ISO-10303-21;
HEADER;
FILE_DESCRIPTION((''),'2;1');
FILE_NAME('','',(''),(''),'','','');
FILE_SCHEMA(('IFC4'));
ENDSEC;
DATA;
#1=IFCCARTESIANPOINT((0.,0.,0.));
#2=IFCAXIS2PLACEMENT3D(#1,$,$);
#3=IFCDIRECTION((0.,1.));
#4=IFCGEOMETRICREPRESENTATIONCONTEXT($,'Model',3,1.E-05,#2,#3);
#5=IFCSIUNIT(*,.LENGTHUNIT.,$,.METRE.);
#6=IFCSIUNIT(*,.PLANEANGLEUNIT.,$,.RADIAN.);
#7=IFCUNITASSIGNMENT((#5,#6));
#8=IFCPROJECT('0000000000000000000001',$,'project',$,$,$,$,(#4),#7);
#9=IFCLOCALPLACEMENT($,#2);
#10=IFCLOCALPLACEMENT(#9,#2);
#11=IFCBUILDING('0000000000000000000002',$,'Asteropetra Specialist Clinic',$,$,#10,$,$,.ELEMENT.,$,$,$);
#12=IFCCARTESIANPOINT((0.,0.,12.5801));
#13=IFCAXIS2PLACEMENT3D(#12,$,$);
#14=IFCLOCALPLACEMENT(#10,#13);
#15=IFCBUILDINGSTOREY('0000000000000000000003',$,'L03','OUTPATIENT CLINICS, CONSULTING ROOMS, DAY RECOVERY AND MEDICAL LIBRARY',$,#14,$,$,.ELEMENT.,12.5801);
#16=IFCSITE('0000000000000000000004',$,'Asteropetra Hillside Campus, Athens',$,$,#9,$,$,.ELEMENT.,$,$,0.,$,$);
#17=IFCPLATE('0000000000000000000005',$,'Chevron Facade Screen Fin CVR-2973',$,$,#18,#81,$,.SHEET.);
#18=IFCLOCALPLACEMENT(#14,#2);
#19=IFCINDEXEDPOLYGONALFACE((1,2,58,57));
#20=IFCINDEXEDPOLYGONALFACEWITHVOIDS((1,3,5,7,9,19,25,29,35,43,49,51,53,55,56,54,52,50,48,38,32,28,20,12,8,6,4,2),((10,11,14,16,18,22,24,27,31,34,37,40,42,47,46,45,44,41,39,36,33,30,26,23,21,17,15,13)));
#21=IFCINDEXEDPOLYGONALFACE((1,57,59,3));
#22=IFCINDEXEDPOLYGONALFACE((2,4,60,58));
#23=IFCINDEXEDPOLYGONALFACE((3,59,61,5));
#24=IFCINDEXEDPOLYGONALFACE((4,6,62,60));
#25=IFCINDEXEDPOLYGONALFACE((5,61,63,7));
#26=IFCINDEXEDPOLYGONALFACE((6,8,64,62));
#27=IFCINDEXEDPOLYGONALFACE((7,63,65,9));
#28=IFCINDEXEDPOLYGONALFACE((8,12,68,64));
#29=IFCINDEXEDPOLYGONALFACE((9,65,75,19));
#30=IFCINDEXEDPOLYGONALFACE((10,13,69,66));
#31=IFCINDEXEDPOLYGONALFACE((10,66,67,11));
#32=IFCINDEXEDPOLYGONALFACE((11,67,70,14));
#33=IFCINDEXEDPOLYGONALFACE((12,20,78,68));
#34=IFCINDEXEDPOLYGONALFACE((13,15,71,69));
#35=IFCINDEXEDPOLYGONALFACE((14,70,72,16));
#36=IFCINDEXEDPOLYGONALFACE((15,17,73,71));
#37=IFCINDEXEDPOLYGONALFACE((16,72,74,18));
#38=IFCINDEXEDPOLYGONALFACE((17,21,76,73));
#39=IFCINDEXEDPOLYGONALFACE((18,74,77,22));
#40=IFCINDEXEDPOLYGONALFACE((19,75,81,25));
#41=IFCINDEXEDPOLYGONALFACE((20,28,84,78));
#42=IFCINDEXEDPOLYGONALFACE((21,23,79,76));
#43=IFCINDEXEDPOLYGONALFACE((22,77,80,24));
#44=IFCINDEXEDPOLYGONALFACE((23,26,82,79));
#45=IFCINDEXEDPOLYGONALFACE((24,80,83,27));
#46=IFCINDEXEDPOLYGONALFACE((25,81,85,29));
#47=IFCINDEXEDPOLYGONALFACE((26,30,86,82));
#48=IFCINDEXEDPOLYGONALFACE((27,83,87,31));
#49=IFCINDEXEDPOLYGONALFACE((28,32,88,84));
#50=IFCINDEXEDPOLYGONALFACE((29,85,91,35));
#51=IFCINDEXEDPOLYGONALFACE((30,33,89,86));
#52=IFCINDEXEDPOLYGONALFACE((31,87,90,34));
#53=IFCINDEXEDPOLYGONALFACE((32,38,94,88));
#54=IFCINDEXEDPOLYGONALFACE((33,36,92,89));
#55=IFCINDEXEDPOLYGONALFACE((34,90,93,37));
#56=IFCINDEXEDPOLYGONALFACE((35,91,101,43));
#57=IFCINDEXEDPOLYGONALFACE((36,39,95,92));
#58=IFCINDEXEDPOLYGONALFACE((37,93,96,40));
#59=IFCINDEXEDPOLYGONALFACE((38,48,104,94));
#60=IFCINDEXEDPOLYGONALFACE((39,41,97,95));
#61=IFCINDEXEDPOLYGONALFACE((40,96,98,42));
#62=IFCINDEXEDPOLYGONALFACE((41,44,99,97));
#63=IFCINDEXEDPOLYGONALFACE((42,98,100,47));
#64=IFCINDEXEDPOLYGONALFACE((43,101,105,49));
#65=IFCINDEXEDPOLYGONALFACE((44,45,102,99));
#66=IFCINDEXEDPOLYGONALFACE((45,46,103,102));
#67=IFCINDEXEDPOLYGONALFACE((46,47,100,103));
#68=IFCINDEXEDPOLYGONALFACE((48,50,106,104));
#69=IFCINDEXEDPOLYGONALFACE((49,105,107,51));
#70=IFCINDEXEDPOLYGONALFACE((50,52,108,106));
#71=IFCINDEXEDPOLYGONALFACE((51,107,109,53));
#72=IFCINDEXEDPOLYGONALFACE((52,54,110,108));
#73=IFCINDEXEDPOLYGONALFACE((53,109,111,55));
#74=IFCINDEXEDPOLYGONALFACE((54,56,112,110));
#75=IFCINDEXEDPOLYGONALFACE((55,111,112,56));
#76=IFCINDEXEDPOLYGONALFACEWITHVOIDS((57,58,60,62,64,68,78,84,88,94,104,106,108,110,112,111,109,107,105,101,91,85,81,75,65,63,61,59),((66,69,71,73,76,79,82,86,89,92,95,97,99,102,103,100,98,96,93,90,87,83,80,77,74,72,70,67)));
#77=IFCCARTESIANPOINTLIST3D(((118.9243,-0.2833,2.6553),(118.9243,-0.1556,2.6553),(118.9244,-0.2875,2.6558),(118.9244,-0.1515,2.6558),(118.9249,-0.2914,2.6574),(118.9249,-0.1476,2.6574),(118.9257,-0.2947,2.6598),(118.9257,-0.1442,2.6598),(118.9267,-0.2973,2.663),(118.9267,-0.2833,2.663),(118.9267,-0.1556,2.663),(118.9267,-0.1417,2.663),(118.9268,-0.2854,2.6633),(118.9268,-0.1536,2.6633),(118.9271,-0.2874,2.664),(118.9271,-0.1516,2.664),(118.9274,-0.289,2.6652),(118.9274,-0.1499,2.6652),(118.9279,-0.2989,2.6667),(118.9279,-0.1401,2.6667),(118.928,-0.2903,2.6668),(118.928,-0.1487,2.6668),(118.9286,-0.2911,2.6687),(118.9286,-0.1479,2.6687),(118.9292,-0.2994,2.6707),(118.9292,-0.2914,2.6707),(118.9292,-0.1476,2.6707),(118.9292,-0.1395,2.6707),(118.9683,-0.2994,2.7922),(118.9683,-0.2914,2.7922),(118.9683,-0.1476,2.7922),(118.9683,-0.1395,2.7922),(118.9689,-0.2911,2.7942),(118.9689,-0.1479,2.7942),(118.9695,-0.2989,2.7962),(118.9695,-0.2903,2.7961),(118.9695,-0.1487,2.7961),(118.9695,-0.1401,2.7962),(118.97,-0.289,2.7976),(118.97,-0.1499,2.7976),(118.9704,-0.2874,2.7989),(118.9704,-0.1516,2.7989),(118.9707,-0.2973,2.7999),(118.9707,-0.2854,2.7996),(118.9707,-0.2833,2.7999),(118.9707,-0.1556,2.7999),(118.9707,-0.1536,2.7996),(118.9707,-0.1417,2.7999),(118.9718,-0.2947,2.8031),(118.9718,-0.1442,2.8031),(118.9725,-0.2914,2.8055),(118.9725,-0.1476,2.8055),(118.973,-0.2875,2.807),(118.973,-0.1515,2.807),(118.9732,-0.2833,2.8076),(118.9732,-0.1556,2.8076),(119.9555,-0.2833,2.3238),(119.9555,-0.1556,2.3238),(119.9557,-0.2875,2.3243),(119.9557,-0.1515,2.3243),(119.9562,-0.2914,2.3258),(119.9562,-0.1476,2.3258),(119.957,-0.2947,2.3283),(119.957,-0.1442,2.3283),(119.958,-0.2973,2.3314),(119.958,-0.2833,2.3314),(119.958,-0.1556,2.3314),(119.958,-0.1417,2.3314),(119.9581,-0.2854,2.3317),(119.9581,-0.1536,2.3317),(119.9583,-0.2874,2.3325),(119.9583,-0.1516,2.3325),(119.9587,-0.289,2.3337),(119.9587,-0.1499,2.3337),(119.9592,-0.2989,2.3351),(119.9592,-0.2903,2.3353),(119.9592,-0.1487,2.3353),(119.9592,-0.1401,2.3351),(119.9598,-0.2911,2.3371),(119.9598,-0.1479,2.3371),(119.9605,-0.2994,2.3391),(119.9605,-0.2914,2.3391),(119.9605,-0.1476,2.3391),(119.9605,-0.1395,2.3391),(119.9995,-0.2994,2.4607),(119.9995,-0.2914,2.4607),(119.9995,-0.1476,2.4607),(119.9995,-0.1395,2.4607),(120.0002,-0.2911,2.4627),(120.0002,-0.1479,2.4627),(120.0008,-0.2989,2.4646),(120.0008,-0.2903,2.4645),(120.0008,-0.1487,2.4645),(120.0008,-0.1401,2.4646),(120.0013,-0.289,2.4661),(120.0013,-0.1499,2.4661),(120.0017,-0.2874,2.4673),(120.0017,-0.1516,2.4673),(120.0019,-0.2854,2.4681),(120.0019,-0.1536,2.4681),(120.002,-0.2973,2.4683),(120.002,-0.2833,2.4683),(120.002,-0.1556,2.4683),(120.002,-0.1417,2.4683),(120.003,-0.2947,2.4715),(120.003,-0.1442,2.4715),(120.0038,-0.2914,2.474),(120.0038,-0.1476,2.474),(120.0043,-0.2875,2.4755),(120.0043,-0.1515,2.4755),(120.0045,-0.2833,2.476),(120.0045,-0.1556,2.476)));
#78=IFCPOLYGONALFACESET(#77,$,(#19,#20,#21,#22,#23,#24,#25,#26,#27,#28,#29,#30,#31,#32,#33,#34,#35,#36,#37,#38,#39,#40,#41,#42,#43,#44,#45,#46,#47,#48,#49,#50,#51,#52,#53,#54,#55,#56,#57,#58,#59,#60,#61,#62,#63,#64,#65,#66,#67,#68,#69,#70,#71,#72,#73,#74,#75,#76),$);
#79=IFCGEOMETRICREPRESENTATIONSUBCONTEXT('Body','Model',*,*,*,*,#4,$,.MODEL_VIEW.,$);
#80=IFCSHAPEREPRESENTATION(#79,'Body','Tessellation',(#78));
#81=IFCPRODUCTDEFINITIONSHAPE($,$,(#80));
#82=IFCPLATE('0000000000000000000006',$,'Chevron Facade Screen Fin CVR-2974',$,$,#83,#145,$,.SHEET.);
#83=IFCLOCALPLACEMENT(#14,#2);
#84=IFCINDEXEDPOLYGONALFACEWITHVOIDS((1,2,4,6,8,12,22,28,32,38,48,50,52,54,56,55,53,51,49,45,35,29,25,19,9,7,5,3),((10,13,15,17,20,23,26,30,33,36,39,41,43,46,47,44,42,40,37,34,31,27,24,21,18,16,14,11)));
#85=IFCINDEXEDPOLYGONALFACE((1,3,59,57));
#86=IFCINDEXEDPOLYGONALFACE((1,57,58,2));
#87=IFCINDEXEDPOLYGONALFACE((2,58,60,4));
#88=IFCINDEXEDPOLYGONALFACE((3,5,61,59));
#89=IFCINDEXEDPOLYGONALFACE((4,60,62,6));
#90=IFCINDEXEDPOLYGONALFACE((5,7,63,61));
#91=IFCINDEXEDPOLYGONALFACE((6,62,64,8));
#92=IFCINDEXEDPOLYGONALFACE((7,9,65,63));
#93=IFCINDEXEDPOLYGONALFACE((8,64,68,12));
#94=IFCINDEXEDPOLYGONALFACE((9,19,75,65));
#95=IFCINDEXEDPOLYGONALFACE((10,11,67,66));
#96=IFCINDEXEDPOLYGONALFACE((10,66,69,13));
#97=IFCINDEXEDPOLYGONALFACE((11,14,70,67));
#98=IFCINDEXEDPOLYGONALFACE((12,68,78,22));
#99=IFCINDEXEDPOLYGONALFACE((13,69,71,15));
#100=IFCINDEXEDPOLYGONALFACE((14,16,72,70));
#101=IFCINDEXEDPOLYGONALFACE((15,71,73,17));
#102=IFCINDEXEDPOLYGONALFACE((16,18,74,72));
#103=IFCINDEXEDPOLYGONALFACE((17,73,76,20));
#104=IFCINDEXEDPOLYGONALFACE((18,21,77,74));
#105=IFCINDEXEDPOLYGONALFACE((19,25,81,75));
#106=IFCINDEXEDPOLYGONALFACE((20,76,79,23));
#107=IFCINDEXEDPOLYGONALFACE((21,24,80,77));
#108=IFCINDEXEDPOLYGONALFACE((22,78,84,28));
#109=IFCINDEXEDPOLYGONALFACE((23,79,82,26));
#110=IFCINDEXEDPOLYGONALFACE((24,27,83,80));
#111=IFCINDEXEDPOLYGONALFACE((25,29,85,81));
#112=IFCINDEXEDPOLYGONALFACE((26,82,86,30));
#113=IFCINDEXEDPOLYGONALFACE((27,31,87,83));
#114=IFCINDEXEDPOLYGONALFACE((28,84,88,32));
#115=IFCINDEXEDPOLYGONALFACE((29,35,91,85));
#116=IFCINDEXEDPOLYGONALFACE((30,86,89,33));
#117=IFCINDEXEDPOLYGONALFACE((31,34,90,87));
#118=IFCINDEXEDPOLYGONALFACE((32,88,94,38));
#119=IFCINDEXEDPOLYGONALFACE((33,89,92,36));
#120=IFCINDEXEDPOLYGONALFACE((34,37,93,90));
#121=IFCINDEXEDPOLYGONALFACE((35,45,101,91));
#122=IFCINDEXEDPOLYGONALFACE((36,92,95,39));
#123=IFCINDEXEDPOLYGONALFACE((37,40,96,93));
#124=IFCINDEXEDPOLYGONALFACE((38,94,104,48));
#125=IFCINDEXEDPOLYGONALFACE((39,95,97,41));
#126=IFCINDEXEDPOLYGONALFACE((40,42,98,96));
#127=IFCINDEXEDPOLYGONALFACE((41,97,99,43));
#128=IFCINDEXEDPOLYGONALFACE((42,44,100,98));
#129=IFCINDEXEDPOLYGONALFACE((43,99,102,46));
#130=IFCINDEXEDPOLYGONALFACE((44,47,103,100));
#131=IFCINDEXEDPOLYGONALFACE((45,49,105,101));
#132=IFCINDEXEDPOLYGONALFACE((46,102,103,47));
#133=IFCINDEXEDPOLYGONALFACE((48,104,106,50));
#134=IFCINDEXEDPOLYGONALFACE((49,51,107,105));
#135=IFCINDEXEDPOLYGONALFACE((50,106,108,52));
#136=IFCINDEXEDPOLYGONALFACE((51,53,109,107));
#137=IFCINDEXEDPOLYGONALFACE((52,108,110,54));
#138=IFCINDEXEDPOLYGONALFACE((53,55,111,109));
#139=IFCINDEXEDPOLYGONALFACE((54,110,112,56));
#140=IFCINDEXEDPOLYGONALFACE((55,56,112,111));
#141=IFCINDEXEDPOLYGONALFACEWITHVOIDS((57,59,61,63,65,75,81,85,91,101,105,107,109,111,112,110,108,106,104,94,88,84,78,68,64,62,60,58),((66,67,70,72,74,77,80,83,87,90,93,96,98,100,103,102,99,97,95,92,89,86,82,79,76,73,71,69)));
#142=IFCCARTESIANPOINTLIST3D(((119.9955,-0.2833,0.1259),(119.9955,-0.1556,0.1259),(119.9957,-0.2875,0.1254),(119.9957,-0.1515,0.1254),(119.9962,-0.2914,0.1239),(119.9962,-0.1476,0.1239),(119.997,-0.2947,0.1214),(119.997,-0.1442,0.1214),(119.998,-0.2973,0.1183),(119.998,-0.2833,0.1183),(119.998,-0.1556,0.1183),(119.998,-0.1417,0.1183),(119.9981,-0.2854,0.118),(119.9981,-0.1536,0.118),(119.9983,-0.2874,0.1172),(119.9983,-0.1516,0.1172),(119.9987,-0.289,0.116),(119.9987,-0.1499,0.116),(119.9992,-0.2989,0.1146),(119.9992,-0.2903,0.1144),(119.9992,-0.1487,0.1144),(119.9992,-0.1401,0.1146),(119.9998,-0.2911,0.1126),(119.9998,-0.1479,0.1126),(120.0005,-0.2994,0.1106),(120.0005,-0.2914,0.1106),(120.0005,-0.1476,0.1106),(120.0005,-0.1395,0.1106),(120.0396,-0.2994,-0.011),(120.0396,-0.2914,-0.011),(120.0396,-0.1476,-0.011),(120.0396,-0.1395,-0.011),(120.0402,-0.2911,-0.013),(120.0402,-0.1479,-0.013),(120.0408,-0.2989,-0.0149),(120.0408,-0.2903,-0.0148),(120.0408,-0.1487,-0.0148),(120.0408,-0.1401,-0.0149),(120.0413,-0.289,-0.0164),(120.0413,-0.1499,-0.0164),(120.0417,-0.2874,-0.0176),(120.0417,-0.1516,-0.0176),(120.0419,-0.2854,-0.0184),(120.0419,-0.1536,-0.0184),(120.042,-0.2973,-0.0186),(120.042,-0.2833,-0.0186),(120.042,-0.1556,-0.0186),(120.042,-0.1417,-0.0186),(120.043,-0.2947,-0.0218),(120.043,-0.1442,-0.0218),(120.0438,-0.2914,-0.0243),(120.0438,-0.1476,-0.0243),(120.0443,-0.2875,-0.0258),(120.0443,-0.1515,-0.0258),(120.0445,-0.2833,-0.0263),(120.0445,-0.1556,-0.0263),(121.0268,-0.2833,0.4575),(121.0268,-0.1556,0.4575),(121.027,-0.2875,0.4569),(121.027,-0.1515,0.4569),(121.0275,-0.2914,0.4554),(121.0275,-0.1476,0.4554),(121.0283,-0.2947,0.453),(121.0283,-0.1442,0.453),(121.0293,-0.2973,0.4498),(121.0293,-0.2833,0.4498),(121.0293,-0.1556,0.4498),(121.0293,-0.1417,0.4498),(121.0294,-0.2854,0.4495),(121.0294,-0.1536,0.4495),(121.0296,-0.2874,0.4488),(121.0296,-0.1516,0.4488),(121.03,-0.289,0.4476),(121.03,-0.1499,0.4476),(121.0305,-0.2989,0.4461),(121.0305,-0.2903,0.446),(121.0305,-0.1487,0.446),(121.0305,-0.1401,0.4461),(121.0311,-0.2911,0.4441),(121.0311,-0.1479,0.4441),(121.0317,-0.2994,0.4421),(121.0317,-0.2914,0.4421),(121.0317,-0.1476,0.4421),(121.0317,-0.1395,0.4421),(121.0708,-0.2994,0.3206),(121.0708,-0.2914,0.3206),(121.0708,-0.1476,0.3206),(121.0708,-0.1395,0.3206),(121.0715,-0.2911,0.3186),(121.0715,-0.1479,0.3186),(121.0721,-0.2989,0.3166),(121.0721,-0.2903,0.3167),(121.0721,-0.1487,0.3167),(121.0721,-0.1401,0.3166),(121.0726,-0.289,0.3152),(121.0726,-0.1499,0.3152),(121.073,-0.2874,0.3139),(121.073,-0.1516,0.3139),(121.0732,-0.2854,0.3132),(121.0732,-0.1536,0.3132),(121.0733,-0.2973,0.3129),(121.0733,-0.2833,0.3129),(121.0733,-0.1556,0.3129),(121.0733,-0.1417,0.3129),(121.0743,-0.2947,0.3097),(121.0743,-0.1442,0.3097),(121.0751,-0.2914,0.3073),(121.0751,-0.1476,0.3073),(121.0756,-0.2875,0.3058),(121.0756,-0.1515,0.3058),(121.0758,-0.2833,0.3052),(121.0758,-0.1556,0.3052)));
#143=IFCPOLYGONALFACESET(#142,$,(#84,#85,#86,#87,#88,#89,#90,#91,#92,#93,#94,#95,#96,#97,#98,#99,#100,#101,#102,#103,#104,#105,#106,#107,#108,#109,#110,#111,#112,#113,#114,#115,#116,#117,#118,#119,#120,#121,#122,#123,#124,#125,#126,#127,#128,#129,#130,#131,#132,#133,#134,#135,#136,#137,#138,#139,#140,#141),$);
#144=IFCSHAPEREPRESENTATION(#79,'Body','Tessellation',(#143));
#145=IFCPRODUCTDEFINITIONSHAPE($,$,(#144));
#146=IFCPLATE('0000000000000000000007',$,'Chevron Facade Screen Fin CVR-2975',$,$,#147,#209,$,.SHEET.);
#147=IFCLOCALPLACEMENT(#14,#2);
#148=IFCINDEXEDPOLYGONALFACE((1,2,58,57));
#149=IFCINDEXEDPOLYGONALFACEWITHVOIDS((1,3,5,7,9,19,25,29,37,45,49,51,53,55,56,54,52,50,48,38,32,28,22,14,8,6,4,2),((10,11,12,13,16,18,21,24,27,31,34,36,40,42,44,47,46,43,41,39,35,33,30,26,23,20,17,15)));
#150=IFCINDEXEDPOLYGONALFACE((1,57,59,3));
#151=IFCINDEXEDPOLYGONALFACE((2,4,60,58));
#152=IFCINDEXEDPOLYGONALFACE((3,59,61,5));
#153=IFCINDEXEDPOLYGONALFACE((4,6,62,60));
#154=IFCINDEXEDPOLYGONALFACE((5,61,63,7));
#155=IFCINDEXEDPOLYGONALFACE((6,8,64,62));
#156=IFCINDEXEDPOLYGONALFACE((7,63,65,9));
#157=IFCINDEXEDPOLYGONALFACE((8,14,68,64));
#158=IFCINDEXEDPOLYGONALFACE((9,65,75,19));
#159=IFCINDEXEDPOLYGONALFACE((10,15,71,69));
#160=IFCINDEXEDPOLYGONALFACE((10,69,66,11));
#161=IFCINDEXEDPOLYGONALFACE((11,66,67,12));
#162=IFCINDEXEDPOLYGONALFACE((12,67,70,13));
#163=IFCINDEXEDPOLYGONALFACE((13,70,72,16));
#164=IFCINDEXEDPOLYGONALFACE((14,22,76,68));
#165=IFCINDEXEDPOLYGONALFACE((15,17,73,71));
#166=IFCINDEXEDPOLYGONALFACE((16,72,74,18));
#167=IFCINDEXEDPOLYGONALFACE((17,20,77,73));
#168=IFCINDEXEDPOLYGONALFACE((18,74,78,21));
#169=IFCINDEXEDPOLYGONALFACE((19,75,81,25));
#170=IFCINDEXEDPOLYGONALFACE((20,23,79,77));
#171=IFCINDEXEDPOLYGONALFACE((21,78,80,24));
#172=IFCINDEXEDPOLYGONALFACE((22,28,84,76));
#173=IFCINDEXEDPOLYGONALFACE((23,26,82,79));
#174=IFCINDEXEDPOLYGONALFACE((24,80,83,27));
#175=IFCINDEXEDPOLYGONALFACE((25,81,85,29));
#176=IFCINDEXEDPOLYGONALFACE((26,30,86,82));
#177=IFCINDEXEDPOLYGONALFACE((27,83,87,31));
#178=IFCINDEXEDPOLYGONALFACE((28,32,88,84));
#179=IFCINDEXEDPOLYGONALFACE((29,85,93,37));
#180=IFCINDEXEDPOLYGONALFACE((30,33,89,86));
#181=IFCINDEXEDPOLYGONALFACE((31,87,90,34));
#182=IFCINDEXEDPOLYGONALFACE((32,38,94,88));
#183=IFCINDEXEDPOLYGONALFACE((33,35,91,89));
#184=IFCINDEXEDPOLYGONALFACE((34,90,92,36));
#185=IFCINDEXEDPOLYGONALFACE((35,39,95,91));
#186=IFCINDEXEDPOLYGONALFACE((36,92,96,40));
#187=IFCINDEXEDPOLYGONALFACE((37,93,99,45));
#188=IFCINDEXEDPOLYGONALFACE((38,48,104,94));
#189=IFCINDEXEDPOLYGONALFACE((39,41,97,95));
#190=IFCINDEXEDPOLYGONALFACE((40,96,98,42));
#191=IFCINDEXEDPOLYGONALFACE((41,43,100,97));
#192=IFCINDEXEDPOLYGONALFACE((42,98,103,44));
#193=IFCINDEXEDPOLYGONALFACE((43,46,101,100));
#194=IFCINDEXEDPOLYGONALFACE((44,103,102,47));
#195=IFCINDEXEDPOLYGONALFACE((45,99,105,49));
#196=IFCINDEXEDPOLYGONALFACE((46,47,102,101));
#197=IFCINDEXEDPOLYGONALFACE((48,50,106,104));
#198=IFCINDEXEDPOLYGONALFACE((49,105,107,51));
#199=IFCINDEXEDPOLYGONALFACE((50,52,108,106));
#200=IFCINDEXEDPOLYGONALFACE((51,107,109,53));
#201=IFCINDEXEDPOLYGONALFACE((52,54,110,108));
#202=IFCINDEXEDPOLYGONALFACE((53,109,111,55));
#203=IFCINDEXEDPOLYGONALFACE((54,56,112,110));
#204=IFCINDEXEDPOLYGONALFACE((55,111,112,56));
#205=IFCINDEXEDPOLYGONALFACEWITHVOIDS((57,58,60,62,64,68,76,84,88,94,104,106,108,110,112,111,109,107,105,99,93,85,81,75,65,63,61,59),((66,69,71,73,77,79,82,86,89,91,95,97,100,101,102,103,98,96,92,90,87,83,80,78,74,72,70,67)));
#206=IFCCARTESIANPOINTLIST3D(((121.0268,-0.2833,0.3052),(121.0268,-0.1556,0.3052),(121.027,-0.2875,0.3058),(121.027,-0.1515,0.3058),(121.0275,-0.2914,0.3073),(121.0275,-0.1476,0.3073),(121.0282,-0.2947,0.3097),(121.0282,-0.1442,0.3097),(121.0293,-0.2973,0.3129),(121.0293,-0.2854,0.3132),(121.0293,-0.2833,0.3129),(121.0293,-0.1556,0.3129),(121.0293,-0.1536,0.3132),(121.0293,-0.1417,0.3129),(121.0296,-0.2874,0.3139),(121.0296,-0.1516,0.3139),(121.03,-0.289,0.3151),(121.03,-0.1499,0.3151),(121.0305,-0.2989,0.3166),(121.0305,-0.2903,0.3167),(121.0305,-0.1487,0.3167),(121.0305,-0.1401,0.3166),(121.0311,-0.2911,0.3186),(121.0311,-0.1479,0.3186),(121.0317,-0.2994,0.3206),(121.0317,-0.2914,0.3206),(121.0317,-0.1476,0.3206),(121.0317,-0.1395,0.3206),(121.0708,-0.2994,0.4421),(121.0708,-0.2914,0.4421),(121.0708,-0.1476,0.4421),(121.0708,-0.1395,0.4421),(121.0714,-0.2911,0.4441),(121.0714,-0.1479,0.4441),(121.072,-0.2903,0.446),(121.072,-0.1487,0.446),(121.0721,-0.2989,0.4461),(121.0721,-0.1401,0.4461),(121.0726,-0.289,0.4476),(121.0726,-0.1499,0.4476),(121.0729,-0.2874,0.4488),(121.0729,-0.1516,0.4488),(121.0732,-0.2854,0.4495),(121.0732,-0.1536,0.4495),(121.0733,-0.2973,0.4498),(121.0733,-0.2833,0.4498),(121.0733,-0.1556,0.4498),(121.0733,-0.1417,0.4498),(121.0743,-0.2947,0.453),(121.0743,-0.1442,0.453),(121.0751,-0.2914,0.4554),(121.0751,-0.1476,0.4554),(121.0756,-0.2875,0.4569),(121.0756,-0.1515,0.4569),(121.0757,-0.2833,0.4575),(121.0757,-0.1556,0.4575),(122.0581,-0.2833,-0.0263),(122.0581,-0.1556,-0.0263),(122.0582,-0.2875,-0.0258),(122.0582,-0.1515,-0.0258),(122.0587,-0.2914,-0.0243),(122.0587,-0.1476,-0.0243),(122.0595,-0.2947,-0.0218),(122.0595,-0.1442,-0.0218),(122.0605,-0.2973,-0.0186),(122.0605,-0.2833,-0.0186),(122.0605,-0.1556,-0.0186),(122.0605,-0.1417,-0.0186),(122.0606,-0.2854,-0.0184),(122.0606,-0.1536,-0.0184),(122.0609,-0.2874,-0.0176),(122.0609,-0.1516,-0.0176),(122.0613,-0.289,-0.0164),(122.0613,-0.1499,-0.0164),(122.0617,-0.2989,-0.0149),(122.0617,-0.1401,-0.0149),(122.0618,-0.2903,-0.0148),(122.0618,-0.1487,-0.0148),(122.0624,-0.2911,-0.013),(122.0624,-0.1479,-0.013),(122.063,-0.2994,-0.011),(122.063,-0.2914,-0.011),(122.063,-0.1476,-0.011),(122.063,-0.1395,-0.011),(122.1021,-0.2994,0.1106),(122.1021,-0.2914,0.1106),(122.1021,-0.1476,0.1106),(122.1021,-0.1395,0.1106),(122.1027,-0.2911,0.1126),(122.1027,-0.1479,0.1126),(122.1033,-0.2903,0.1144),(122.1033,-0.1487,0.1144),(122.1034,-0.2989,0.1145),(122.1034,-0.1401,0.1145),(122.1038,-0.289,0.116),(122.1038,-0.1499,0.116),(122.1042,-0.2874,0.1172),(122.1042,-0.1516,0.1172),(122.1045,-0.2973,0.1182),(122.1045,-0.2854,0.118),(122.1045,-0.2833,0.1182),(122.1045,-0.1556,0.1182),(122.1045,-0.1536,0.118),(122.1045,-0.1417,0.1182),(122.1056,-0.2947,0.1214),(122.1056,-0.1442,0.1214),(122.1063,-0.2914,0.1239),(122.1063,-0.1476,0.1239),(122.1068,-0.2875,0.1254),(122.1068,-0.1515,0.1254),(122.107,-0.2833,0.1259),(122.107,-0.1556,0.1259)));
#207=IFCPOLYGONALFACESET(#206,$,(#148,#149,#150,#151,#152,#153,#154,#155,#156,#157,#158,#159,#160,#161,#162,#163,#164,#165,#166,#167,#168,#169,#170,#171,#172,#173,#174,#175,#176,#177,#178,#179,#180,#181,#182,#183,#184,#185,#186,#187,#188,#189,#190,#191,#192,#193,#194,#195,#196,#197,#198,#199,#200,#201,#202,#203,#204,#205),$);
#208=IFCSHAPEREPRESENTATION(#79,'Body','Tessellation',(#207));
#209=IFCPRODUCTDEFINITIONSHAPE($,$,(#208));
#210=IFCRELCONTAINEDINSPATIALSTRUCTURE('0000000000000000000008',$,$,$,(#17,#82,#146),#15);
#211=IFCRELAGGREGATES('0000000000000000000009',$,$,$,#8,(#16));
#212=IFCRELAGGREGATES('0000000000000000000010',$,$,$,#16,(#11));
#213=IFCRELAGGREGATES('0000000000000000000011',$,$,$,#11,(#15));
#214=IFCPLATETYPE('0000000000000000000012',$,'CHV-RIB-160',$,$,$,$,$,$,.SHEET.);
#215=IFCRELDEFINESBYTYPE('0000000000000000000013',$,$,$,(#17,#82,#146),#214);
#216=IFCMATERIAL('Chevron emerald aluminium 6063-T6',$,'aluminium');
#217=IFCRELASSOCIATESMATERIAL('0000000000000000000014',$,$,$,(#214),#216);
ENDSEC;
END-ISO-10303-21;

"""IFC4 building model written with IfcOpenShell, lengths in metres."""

from ifc_helpers import new_model, si_unit, direction, frame, origin, origin_2d, place, context, subcontext, project, spatial, hollow_rectangle, extrude, material, material_profile, profile_set, type_object, element, save


model = new_model("IFC4")

# Units and contexts
model_context = context("Model", 3, precision=1e-05, world=origin(), true_north=direction((0.0, 1.0)))
body_context = subcontext(model_context, "Body", "Model", "MODEL_VIEW")
ifc_project = project(units=[si_unit("LENGTHUNIT", "METRE"), si_unit("PLANEANGLEUNIT", "RADIAN")], contexts=[model_context])

# Site, building, storey
site_placement = place(None, origin())
site = spatial("IfcSite", under=ifc_project, at=site_placement, Name="Asteropetra Hillside Campus, Athens", CompositionType="ELEMENT", RefElevation=0.0)
building_placement = place(site_placement, origin())
building = spatial("IfcBuilding", under=site, at=building_placement, Name="Asteropetra Specialist Clinic", CompositionType="ELEMENT")
storey_placement = place(building_placement, frame((0.0, 0.0, 12.5801)))
storey = spatial("IfcBuildingStorey", under=building, at=storey_placement, Name="L03", Description="OUTPATIENT CLINICS, CONSULTING ROOMS, DAY RECOVERY AND MEDICAL LIBRARY", CompositionType="ELEMENT", Elevation=12.5801)

# Plates
ifc_material_1 = material(Name="Chevron emerald aluminium 6063-T6", Category="aluminium")
ifc_material_profile_1 = material_profile(ifc_material_1, hollow_rectangle(XDim=0.1599, YDim=0.1599, WallThickness=0.0081, InnerFilletRadius=0.0081, OuterFilletRadius=0.0161, at=origin_2d()), Name="SHS 160x160x8.0")
ifc_profile_set_1 = profile_set([ifc_material_profile_1], Name="Chevron emerald aluminium 6063-T6")
plate_type_1 = type_object("IfcPlateType", Name="CHV-RIB-160", PredefinedType="SHEET", material=ifc_profile_set_1)
for number, where, z_axis, x_axis, name in (
    (1, (118.9487, -0.2195, 2.7314), (0.95201, 0.0, -0.306068), (0.0, 1.0, 0.0), "Chevron Facade Screen Fin CVR-2973"),
    (2, (120.02, -0.2195, 0.0498), (0.95201, 0.0, 0.306068), (0.0, 1.0, 0.0), "Chevron Facade Screen Fin CVR-2974"),
    (3, (121.0513, -0.2195, 0.3813), (0.95201, 0.0, -0.306068), (0.0, 1.0, 0.0), "Chevron Facade Screen Fin CVR-2975"),
):
    element("IfcPlate", number, at=place(storey_placement, frame(where, z_axis=z_axis, x_axis=x_axis)), inside=storey, type_object=plate_type_1, Name=name, PredefinedType="SHEET", context=body_context, shape_type="SweptSolid", body=[
        extrude(hollow_rectangle(XDim=0.1599, YDim=0.1599, WallThickness=0.0081, InnerFilletRadius=0.0081, OuterFilletRadius=0.0161, at=origin_2d()), origin(), (0.0, 0.0, 1.0), 1.0833),
    ])

save(model, "model.ifc")
